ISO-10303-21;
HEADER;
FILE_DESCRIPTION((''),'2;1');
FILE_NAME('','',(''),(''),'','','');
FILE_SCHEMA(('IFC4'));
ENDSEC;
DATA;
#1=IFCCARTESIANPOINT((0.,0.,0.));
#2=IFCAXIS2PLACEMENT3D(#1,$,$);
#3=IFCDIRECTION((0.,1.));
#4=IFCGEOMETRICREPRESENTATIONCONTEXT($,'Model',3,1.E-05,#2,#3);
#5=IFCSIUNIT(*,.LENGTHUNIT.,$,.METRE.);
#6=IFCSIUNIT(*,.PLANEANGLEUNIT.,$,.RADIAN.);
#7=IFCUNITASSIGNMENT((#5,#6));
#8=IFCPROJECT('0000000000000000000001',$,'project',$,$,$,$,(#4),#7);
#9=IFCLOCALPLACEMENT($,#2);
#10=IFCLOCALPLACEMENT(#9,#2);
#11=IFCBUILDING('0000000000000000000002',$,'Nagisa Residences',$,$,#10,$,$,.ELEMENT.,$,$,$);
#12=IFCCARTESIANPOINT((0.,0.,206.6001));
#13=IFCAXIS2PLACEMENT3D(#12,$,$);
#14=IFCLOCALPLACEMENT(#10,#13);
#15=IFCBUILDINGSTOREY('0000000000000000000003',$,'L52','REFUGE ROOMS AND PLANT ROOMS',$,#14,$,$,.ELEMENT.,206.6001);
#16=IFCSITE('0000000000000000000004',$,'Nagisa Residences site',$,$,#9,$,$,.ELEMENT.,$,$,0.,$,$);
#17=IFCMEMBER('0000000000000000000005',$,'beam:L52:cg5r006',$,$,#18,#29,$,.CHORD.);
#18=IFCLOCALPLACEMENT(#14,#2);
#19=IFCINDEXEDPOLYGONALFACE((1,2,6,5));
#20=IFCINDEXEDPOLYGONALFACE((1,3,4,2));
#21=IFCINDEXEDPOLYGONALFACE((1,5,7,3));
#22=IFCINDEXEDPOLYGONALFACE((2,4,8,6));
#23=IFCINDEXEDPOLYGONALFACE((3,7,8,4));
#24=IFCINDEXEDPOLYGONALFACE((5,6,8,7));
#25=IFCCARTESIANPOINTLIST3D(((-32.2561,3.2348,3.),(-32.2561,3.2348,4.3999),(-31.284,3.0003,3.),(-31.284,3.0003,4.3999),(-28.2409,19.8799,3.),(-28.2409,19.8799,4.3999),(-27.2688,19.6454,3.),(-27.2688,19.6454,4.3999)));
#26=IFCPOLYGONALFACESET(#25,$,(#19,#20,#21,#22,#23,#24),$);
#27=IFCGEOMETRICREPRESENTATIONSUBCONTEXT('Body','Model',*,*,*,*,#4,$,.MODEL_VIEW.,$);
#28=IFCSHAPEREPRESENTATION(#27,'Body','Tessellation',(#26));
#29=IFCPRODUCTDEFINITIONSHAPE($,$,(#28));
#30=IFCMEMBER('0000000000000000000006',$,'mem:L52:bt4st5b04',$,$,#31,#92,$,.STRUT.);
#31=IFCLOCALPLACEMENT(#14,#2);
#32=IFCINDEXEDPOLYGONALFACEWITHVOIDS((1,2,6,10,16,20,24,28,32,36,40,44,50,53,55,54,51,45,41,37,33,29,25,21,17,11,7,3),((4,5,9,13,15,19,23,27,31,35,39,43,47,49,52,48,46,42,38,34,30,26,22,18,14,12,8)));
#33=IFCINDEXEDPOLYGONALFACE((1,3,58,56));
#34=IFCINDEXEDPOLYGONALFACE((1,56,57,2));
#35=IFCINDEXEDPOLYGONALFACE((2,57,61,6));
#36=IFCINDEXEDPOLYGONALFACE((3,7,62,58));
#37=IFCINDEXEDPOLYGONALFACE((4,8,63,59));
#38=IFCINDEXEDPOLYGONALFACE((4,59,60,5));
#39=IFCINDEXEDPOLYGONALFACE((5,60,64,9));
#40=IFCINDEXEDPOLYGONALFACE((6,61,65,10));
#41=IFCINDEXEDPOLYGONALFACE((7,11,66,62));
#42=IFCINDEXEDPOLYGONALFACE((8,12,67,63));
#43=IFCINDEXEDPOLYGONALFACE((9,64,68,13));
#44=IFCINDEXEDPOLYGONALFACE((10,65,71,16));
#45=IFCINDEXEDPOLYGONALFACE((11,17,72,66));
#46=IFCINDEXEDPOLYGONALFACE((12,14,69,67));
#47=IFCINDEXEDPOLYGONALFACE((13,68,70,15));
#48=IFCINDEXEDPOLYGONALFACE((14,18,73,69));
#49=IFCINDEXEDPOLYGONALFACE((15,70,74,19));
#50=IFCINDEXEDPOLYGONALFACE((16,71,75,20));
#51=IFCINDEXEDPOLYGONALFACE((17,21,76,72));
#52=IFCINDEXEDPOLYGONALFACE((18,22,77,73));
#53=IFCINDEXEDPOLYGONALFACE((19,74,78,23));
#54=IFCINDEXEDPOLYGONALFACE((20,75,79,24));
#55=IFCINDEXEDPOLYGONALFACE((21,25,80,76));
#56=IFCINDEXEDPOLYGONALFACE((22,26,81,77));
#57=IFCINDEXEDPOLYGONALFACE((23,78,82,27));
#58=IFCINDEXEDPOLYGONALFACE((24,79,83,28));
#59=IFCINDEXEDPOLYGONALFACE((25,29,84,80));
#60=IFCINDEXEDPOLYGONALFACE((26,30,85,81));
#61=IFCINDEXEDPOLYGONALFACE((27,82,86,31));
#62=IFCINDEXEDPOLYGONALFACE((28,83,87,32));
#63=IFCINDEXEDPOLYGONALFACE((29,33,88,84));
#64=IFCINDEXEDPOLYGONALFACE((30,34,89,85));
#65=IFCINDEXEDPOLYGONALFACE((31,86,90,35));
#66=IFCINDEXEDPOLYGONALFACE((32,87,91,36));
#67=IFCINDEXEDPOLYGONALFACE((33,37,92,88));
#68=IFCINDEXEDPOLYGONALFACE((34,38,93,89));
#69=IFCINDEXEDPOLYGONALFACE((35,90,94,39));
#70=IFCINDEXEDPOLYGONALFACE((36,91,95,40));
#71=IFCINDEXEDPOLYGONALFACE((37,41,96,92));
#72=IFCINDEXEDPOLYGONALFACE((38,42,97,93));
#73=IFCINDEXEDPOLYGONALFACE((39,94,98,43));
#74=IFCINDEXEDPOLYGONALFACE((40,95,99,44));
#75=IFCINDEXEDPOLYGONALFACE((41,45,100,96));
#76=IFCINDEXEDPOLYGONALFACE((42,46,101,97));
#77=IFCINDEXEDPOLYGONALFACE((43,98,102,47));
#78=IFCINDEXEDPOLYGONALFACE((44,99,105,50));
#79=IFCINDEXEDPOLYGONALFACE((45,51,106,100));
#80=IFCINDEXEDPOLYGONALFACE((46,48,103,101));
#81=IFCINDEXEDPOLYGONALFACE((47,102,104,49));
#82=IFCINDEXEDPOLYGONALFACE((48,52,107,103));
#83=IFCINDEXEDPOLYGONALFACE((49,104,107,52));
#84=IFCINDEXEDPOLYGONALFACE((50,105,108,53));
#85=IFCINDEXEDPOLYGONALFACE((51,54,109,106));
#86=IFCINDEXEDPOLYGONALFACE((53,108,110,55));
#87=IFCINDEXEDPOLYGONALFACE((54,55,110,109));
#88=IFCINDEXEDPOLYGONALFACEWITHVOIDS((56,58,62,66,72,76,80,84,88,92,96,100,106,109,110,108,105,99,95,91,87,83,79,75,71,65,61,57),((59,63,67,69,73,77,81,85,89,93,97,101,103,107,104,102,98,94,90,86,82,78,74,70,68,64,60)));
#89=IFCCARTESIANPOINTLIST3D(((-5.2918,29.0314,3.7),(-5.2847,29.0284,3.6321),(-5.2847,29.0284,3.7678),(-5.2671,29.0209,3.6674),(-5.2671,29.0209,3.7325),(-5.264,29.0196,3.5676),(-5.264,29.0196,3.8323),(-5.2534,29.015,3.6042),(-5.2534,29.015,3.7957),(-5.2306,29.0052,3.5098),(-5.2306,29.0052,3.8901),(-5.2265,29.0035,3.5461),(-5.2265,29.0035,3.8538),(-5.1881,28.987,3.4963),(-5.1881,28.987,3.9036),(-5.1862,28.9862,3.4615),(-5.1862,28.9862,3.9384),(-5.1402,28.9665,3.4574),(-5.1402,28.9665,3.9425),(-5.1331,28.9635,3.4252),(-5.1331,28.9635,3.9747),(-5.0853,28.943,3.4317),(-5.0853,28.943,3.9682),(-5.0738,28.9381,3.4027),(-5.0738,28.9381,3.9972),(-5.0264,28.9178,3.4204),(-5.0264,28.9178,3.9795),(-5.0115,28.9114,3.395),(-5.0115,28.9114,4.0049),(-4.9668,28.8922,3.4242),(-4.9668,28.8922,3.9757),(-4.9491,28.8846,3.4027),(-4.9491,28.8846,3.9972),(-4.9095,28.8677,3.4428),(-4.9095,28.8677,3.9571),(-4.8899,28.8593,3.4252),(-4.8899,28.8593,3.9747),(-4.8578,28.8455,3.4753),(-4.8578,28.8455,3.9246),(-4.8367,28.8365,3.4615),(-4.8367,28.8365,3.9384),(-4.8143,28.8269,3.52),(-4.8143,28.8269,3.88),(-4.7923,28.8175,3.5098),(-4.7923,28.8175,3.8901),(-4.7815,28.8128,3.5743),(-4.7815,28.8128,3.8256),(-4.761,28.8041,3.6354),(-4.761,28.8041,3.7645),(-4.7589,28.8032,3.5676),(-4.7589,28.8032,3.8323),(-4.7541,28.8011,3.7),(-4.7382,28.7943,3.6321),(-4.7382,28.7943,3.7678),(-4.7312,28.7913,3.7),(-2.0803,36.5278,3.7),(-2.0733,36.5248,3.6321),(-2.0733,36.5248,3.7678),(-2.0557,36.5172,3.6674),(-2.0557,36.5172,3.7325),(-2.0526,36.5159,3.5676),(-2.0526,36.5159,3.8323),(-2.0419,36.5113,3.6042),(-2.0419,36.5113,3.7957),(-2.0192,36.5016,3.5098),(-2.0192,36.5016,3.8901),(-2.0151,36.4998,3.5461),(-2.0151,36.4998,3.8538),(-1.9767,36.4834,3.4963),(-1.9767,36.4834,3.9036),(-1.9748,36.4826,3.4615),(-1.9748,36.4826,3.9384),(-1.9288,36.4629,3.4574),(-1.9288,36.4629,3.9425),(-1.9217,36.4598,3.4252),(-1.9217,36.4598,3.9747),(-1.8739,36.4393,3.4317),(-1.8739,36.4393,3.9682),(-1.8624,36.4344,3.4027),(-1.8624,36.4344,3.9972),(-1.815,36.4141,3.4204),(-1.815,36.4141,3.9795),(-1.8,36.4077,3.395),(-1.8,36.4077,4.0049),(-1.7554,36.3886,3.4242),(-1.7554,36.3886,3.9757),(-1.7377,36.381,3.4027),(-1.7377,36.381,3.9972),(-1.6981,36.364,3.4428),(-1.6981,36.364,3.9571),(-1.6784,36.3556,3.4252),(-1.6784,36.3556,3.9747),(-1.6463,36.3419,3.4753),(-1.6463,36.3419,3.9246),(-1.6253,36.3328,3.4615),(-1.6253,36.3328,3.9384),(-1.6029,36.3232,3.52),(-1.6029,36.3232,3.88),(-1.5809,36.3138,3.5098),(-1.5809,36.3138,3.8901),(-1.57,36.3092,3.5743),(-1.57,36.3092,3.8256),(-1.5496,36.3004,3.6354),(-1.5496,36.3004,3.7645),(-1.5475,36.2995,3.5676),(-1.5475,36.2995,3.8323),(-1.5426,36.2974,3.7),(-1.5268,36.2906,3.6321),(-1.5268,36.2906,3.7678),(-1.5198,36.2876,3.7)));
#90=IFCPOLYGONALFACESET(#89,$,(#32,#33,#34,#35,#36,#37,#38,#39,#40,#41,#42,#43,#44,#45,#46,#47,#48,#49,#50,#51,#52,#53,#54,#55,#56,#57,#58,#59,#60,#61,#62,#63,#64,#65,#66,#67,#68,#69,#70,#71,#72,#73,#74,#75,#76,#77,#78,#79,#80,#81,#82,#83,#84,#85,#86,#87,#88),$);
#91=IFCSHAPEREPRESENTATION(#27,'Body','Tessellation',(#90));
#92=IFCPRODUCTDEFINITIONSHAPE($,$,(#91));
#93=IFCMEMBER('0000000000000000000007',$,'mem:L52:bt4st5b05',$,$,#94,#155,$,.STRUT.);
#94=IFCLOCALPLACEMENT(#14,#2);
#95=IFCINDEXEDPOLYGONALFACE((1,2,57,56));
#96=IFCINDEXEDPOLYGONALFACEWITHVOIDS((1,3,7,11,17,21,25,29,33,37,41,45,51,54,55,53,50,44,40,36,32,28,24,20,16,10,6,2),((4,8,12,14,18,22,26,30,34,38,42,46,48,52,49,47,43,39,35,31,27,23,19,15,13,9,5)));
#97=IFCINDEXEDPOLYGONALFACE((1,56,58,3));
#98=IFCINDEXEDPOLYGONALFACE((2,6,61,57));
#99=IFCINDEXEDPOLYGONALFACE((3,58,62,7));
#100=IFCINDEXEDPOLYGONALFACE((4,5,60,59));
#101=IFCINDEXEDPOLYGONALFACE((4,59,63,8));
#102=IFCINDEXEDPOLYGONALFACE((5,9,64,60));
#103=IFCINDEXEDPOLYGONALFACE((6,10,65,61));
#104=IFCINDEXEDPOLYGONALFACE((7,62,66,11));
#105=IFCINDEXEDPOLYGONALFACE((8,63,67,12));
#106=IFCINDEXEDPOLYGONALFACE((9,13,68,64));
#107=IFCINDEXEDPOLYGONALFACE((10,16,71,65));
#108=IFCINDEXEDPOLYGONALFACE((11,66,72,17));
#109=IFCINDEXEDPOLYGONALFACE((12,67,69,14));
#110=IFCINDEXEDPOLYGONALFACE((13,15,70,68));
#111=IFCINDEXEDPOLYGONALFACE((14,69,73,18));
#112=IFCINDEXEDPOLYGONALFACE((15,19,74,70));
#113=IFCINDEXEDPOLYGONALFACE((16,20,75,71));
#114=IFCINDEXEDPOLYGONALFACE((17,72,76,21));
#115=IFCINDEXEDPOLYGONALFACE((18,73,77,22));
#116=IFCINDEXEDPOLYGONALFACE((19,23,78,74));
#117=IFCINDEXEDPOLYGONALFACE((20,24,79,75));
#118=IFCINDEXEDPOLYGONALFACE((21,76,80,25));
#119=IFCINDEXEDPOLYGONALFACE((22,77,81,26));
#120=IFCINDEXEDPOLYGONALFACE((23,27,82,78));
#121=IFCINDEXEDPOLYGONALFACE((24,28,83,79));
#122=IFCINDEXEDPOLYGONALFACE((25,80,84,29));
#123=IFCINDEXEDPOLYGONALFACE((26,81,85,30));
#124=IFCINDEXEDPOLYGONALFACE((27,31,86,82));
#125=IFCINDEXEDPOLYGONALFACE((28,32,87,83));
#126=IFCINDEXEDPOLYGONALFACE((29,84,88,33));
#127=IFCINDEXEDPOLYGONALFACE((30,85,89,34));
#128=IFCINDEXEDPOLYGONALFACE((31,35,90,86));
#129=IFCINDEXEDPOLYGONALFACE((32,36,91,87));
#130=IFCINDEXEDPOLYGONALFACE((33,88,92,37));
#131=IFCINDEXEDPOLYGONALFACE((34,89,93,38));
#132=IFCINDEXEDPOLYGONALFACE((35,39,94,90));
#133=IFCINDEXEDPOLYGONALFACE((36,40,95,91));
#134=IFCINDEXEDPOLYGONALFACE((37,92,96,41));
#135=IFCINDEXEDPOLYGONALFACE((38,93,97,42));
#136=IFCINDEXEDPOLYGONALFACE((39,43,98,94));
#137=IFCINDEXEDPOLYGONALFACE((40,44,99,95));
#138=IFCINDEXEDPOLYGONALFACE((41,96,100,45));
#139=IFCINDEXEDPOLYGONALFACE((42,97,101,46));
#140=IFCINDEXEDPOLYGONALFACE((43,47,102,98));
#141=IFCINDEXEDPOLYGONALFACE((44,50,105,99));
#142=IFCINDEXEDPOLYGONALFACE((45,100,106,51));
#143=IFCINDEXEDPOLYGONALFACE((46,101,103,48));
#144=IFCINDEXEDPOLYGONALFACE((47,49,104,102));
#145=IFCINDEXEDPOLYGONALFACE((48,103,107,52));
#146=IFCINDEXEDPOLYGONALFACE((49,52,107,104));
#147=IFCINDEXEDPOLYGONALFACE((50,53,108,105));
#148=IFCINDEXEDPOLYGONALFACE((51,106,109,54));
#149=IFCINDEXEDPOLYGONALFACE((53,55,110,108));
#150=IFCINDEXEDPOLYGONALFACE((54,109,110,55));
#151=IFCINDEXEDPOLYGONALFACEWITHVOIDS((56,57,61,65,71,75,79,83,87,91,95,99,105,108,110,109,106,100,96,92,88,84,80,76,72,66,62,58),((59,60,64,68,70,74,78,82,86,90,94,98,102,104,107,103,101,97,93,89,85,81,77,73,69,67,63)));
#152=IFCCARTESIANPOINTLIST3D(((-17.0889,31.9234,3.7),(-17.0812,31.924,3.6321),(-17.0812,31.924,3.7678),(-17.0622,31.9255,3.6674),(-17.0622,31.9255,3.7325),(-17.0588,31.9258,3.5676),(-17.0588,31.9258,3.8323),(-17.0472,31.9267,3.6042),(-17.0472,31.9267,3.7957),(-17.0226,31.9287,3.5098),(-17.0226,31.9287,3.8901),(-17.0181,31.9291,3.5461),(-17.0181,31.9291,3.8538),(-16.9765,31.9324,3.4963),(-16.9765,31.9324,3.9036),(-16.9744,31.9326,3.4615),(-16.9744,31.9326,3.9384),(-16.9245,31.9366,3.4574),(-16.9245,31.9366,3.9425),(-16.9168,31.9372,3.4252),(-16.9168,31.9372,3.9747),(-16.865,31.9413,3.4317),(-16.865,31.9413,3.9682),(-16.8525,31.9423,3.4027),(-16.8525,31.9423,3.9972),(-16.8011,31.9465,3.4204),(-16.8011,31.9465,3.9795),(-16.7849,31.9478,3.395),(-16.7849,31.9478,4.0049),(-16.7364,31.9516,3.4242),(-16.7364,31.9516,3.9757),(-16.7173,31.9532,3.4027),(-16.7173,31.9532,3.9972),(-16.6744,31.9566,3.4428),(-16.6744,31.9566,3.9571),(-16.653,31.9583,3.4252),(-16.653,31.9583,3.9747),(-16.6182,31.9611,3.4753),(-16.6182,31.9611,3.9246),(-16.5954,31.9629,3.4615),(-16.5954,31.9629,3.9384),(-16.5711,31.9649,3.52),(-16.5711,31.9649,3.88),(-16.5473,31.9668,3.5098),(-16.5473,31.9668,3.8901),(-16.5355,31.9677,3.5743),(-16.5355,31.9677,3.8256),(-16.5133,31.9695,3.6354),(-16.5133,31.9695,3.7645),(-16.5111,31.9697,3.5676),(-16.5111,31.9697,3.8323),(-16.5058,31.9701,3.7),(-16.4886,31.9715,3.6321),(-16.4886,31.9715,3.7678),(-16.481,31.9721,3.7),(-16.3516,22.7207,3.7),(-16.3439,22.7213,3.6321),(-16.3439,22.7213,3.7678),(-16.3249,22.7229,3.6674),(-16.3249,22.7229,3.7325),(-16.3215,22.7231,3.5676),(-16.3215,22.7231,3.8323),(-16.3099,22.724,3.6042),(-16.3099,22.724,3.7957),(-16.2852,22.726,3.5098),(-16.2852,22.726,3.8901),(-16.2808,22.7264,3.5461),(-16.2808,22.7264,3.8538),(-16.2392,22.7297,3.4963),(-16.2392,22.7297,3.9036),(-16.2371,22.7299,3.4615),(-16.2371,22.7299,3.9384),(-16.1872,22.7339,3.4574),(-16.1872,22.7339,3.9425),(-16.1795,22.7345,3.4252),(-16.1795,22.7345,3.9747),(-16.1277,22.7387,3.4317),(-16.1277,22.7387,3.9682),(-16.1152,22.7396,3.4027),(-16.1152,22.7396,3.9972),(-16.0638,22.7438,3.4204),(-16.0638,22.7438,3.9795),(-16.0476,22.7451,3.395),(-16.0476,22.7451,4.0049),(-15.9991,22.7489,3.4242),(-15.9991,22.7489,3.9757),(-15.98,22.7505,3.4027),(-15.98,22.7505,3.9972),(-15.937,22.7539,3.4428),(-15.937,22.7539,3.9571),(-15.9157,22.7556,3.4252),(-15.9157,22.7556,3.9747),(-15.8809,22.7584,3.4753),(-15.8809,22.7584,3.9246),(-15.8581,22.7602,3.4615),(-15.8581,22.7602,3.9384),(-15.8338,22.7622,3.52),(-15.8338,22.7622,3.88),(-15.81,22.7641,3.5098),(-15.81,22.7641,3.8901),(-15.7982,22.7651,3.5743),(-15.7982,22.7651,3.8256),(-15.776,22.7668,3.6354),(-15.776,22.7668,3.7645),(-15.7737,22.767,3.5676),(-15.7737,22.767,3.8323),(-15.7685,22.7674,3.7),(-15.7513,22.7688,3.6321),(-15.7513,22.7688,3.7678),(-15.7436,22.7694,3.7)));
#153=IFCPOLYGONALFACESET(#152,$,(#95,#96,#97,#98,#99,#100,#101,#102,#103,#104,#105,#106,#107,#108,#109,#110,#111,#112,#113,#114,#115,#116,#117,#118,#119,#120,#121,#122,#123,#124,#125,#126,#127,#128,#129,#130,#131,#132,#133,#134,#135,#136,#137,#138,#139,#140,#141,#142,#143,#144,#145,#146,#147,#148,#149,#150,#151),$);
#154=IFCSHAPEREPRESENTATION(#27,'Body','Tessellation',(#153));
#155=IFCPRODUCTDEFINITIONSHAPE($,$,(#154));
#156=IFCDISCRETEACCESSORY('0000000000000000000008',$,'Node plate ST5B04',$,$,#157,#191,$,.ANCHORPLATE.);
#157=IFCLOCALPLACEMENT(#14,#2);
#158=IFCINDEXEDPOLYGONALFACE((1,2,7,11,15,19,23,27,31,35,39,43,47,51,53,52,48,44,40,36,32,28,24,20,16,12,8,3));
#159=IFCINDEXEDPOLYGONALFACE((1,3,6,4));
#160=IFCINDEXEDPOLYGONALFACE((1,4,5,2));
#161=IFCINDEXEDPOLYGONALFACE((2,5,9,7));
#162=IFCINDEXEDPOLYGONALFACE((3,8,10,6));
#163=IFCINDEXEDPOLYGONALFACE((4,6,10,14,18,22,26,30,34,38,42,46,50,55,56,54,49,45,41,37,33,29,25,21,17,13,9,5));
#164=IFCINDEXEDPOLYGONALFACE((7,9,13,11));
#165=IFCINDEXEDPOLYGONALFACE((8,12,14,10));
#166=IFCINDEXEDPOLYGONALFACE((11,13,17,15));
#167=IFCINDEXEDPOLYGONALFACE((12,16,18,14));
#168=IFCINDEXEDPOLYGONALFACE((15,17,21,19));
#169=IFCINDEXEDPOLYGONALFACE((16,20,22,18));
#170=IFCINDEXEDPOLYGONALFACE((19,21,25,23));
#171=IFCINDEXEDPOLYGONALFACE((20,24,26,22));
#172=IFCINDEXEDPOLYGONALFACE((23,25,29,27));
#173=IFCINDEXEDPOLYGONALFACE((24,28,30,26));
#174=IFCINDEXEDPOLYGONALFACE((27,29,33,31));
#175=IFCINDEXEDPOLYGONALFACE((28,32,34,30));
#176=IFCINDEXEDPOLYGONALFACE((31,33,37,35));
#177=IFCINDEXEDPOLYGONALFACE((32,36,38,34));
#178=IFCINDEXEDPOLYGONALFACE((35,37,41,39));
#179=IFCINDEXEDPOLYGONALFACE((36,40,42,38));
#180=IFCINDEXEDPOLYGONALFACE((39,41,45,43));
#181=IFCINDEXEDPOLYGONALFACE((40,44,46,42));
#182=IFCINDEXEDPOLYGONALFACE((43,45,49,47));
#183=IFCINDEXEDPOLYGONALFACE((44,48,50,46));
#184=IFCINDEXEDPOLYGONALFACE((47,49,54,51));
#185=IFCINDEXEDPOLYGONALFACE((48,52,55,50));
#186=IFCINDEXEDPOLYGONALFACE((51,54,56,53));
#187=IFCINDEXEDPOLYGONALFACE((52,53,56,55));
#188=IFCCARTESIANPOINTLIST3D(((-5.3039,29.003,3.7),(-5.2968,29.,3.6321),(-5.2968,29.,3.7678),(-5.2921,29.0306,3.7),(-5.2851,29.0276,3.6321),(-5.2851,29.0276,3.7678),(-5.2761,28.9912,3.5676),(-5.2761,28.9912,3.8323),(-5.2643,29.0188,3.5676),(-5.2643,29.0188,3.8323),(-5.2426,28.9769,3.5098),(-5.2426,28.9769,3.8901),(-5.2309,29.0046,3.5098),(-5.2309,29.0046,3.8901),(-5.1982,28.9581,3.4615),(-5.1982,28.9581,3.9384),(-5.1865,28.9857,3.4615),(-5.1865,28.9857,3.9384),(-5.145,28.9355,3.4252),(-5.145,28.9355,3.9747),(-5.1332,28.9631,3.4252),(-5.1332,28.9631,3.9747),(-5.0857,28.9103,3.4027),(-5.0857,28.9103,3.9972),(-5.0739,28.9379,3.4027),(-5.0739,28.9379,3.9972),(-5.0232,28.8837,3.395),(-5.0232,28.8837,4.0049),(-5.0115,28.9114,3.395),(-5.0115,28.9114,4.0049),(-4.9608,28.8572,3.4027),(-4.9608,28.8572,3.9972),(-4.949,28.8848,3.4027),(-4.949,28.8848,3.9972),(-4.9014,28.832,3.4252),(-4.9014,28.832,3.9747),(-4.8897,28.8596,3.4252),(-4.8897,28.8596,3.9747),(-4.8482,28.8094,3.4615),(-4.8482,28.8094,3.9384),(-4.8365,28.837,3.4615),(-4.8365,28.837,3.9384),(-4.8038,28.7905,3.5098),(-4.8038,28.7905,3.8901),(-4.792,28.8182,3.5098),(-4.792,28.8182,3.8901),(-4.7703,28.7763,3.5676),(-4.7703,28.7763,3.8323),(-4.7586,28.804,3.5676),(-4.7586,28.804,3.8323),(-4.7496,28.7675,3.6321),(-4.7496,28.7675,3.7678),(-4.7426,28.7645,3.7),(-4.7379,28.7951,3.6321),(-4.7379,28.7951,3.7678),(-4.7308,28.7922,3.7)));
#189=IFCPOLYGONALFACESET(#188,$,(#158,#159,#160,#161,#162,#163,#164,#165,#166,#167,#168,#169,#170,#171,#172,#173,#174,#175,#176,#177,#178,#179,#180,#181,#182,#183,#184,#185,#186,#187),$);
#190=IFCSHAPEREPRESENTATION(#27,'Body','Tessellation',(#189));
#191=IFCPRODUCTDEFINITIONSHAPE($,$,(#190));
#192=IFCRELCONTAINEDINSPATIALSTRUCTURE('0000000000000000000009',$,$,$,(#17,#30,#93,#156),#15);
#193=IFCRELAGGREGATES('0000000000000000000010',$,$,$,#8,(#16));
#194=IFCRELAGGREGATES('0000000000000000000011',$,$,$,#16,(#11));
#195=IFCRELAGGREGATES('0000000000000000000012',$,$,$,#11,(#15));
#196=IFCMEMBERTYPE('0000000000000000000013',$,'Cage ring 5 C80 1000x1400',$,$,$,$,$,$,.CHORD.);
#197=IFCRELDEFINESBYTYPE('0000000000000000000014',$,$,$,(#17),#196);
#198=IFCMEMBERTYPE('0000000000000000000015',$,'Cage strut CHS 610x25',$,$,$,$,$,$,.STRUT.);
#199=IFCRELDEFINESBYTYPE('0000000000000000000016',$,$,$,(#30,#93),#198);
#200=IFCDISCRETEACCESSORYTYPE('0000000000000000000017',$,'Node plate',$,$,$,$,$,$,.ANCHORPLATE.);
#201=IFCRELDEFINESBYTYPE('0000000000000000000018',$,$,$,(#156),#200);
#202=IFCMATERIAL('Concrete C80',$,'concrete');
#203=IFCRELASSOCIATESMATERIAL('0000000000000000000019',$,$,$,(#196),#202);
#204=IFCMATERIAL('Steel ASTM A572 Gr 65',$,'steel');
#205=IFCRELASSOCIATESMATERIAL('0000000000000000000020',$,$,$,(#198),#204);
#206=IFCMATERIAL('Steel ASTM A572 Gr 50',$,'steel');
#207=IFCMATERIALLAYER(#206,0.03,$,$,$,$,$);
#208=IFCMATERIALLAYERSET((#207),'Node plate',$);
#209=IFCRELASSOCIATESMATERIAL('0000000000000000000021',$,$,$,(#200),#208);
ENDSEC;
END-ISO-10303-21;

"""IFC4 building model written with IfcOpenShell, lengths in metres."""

from ifc_helpers import new_model, si_unit, direction, frame, origin, origin_2d, place, context, subcontext, project, spatial, rectangle, circle, hollow_circle, extrude, material, layer, layer_set, material_profile, profile_set, type_object, element, save


model = new_model("IFC4")

# Units and contexts
model_context = context("Model", 3, precision=1e-05, world=origin(), true_north=direction((0.0, 1.0)))
body_context = subcontext(model_context, "Body", "Model", "MODEL_VIEW")
ifc_project = project(units=[si_unit("LENGTHUNIT", "METRE"), si_unit("PLANEANGLEUNIT", "RADIAN")], contexts=[model_context])

# Site, building, storey
site_placement = place(None, origin())
site = spatial("IfcSite", under=ifc_project, at=site_placement, Name="Nagisa Residences site", CompositionType="ELEMENT", RefElevation=0.0)
building_placement = place(site_placement, origin())
building = spatial("IfcBuilding", under=site, at=building_placement, Name="Nagisa Residences", CompositionType="ELEMENT")
storey_placement = place(building_placement, frame((0.0, 0.0, 206.6001)))
storey = spatial("IfcBuildingStorey", under=building, at=storey_placement, Name="L52", Description="REFUGE ROOMS AND PLANT ROOMS", CompositionType="ELEMENT", Elevation=206.6001)

# Members
ifc_material_1 = material(Name="Concrete C80", Category="concrete")
ifc_material_profile_1 = material_profile(ifc_material_1, rectangle(XDim=1.0, YDim=1.3999, at=origin_2d()), Name="C80 1000x1400")
ifc_profile_set_1 = profile_set([ifc_material_profile_1], Name="Concrete C80")
member_type_1 = type_object("IfcMemberType", Name="Cage ring 5 C80 1000x1400", PredefinedType="CHORD", material=ifc_profile_set_1)
member_1_placement = place(storey_placement, frame((-27.7549, 19.7627, 3.7), z_axis=(-0.234496, -0.972117, 0.0), x_axis=(0.972117, -0.234496, 0.0)))
element("IfcMember", 1, at=member_1_placement, inside=storey, type_object=member_type_1, Name="beam:L52:cg5r006", PredefinedType="CHORD", context=body_context, shape_type="SweptSolid", body=[
    extrude(rectangle(XDim=1.0, YDim=1.3999, at=origin_2d()), origin(), (0.0, 0.0, 1.0), 17.1226),
])
ifc_material_2 = material(Name="Steel ASTM A572 Gr 65", Category="steel")
ifc_material_profile_2 = material_profile(ifc_material_2, hollow_circle(Radius=0.3049, WallThickness=0.0249, at=origin_2d()), Name="CHS 610x25")
ifc_profile_set_2 = profile_set([ifc_material_profile_2], Name="Steel ASTM A572 Gr 65")
member_type_2 = type_object("IfcMemberType", Name="Cage strut CHS 610x25", PredefinedType="STRUT", material=ifc_profile_set_2)
member_2_placement = place(storey_placement, frame((-1.8, 36.4077, 3.7), z_axis=(-0.393786, -0.919202, 0.0), x_axis=(0.919202, -0.393786, 0.0)))
element("IfcMember", 2, at=member_2_placement, inside=storey, type_object=member_type_2, Name="mem:L52:bt4st5b04", PredefinedType="STRUT", context=body_context, shape_type="SweptSolid", body=[
    extrude(hollow_circle(Radius=0.3049, WallThickness=0.0249, at=origin_2d()), origin(), (0.0, 0.0, 1.0), 8.1553),
])
member_3_placement = place(storey_placement, frame((-16.7849, 31.9478, 3.7), z_axis=(0.079863, -0.996806, 0.0), x_axis=(0.996806, 0.079863, 0.0)))
element("IfcMember", 3, at=member_3_placement, inside=storey, type_object=member_type_2, Name="mem:L52:bt4st5b05", PredefinedType="STRUT", context=body_context, shape_type="SweptSolid", body=[
    extrude(hollow_circle(Radius=0.3049, WallThickness=0.0249, at=origin_2d()), origin(), (0.0, 0.0, 1.0), 9.2322),
])

# Discrete accessory
ifc_material_3 = material(Name="Steel ASTM A572 Gr 50", Category="steel")
ifc_layer = layer(ifc_material_3, 0.03)
ifc_layer_set = layer_set([ifc_layer], Name="Node plate")
discrete_accessory_type = type_object("IfcDiscreteAccessoryType", Name="Node plate", PredefinedType="ANCHORPLATE", material=ifc_layer_set)
discrete_accessory_1_placement = place(storey_placement, frame((-5.0115, 28.9114, 3.7), z_axis=(-0.390968, -0.920404, 0.0), x_axis=(0.920404, -0.390968, 0.0)))
element("IfcDiscreteAccessory", 4, at=discrete_accessory_1_placement, inside=storey, type_object=discrete_accessory_type, Name="Node plate ST5B04", PredefinedType="ANCHORPLATE", context=body_context, shape_type="SweptSolid", body=[
    extrude(circle(Radius=0.3049, at=origin_2d()), origin(), (0.0, 0.0, 1.0), 0.03),
])

save(model, "model.ifc")
